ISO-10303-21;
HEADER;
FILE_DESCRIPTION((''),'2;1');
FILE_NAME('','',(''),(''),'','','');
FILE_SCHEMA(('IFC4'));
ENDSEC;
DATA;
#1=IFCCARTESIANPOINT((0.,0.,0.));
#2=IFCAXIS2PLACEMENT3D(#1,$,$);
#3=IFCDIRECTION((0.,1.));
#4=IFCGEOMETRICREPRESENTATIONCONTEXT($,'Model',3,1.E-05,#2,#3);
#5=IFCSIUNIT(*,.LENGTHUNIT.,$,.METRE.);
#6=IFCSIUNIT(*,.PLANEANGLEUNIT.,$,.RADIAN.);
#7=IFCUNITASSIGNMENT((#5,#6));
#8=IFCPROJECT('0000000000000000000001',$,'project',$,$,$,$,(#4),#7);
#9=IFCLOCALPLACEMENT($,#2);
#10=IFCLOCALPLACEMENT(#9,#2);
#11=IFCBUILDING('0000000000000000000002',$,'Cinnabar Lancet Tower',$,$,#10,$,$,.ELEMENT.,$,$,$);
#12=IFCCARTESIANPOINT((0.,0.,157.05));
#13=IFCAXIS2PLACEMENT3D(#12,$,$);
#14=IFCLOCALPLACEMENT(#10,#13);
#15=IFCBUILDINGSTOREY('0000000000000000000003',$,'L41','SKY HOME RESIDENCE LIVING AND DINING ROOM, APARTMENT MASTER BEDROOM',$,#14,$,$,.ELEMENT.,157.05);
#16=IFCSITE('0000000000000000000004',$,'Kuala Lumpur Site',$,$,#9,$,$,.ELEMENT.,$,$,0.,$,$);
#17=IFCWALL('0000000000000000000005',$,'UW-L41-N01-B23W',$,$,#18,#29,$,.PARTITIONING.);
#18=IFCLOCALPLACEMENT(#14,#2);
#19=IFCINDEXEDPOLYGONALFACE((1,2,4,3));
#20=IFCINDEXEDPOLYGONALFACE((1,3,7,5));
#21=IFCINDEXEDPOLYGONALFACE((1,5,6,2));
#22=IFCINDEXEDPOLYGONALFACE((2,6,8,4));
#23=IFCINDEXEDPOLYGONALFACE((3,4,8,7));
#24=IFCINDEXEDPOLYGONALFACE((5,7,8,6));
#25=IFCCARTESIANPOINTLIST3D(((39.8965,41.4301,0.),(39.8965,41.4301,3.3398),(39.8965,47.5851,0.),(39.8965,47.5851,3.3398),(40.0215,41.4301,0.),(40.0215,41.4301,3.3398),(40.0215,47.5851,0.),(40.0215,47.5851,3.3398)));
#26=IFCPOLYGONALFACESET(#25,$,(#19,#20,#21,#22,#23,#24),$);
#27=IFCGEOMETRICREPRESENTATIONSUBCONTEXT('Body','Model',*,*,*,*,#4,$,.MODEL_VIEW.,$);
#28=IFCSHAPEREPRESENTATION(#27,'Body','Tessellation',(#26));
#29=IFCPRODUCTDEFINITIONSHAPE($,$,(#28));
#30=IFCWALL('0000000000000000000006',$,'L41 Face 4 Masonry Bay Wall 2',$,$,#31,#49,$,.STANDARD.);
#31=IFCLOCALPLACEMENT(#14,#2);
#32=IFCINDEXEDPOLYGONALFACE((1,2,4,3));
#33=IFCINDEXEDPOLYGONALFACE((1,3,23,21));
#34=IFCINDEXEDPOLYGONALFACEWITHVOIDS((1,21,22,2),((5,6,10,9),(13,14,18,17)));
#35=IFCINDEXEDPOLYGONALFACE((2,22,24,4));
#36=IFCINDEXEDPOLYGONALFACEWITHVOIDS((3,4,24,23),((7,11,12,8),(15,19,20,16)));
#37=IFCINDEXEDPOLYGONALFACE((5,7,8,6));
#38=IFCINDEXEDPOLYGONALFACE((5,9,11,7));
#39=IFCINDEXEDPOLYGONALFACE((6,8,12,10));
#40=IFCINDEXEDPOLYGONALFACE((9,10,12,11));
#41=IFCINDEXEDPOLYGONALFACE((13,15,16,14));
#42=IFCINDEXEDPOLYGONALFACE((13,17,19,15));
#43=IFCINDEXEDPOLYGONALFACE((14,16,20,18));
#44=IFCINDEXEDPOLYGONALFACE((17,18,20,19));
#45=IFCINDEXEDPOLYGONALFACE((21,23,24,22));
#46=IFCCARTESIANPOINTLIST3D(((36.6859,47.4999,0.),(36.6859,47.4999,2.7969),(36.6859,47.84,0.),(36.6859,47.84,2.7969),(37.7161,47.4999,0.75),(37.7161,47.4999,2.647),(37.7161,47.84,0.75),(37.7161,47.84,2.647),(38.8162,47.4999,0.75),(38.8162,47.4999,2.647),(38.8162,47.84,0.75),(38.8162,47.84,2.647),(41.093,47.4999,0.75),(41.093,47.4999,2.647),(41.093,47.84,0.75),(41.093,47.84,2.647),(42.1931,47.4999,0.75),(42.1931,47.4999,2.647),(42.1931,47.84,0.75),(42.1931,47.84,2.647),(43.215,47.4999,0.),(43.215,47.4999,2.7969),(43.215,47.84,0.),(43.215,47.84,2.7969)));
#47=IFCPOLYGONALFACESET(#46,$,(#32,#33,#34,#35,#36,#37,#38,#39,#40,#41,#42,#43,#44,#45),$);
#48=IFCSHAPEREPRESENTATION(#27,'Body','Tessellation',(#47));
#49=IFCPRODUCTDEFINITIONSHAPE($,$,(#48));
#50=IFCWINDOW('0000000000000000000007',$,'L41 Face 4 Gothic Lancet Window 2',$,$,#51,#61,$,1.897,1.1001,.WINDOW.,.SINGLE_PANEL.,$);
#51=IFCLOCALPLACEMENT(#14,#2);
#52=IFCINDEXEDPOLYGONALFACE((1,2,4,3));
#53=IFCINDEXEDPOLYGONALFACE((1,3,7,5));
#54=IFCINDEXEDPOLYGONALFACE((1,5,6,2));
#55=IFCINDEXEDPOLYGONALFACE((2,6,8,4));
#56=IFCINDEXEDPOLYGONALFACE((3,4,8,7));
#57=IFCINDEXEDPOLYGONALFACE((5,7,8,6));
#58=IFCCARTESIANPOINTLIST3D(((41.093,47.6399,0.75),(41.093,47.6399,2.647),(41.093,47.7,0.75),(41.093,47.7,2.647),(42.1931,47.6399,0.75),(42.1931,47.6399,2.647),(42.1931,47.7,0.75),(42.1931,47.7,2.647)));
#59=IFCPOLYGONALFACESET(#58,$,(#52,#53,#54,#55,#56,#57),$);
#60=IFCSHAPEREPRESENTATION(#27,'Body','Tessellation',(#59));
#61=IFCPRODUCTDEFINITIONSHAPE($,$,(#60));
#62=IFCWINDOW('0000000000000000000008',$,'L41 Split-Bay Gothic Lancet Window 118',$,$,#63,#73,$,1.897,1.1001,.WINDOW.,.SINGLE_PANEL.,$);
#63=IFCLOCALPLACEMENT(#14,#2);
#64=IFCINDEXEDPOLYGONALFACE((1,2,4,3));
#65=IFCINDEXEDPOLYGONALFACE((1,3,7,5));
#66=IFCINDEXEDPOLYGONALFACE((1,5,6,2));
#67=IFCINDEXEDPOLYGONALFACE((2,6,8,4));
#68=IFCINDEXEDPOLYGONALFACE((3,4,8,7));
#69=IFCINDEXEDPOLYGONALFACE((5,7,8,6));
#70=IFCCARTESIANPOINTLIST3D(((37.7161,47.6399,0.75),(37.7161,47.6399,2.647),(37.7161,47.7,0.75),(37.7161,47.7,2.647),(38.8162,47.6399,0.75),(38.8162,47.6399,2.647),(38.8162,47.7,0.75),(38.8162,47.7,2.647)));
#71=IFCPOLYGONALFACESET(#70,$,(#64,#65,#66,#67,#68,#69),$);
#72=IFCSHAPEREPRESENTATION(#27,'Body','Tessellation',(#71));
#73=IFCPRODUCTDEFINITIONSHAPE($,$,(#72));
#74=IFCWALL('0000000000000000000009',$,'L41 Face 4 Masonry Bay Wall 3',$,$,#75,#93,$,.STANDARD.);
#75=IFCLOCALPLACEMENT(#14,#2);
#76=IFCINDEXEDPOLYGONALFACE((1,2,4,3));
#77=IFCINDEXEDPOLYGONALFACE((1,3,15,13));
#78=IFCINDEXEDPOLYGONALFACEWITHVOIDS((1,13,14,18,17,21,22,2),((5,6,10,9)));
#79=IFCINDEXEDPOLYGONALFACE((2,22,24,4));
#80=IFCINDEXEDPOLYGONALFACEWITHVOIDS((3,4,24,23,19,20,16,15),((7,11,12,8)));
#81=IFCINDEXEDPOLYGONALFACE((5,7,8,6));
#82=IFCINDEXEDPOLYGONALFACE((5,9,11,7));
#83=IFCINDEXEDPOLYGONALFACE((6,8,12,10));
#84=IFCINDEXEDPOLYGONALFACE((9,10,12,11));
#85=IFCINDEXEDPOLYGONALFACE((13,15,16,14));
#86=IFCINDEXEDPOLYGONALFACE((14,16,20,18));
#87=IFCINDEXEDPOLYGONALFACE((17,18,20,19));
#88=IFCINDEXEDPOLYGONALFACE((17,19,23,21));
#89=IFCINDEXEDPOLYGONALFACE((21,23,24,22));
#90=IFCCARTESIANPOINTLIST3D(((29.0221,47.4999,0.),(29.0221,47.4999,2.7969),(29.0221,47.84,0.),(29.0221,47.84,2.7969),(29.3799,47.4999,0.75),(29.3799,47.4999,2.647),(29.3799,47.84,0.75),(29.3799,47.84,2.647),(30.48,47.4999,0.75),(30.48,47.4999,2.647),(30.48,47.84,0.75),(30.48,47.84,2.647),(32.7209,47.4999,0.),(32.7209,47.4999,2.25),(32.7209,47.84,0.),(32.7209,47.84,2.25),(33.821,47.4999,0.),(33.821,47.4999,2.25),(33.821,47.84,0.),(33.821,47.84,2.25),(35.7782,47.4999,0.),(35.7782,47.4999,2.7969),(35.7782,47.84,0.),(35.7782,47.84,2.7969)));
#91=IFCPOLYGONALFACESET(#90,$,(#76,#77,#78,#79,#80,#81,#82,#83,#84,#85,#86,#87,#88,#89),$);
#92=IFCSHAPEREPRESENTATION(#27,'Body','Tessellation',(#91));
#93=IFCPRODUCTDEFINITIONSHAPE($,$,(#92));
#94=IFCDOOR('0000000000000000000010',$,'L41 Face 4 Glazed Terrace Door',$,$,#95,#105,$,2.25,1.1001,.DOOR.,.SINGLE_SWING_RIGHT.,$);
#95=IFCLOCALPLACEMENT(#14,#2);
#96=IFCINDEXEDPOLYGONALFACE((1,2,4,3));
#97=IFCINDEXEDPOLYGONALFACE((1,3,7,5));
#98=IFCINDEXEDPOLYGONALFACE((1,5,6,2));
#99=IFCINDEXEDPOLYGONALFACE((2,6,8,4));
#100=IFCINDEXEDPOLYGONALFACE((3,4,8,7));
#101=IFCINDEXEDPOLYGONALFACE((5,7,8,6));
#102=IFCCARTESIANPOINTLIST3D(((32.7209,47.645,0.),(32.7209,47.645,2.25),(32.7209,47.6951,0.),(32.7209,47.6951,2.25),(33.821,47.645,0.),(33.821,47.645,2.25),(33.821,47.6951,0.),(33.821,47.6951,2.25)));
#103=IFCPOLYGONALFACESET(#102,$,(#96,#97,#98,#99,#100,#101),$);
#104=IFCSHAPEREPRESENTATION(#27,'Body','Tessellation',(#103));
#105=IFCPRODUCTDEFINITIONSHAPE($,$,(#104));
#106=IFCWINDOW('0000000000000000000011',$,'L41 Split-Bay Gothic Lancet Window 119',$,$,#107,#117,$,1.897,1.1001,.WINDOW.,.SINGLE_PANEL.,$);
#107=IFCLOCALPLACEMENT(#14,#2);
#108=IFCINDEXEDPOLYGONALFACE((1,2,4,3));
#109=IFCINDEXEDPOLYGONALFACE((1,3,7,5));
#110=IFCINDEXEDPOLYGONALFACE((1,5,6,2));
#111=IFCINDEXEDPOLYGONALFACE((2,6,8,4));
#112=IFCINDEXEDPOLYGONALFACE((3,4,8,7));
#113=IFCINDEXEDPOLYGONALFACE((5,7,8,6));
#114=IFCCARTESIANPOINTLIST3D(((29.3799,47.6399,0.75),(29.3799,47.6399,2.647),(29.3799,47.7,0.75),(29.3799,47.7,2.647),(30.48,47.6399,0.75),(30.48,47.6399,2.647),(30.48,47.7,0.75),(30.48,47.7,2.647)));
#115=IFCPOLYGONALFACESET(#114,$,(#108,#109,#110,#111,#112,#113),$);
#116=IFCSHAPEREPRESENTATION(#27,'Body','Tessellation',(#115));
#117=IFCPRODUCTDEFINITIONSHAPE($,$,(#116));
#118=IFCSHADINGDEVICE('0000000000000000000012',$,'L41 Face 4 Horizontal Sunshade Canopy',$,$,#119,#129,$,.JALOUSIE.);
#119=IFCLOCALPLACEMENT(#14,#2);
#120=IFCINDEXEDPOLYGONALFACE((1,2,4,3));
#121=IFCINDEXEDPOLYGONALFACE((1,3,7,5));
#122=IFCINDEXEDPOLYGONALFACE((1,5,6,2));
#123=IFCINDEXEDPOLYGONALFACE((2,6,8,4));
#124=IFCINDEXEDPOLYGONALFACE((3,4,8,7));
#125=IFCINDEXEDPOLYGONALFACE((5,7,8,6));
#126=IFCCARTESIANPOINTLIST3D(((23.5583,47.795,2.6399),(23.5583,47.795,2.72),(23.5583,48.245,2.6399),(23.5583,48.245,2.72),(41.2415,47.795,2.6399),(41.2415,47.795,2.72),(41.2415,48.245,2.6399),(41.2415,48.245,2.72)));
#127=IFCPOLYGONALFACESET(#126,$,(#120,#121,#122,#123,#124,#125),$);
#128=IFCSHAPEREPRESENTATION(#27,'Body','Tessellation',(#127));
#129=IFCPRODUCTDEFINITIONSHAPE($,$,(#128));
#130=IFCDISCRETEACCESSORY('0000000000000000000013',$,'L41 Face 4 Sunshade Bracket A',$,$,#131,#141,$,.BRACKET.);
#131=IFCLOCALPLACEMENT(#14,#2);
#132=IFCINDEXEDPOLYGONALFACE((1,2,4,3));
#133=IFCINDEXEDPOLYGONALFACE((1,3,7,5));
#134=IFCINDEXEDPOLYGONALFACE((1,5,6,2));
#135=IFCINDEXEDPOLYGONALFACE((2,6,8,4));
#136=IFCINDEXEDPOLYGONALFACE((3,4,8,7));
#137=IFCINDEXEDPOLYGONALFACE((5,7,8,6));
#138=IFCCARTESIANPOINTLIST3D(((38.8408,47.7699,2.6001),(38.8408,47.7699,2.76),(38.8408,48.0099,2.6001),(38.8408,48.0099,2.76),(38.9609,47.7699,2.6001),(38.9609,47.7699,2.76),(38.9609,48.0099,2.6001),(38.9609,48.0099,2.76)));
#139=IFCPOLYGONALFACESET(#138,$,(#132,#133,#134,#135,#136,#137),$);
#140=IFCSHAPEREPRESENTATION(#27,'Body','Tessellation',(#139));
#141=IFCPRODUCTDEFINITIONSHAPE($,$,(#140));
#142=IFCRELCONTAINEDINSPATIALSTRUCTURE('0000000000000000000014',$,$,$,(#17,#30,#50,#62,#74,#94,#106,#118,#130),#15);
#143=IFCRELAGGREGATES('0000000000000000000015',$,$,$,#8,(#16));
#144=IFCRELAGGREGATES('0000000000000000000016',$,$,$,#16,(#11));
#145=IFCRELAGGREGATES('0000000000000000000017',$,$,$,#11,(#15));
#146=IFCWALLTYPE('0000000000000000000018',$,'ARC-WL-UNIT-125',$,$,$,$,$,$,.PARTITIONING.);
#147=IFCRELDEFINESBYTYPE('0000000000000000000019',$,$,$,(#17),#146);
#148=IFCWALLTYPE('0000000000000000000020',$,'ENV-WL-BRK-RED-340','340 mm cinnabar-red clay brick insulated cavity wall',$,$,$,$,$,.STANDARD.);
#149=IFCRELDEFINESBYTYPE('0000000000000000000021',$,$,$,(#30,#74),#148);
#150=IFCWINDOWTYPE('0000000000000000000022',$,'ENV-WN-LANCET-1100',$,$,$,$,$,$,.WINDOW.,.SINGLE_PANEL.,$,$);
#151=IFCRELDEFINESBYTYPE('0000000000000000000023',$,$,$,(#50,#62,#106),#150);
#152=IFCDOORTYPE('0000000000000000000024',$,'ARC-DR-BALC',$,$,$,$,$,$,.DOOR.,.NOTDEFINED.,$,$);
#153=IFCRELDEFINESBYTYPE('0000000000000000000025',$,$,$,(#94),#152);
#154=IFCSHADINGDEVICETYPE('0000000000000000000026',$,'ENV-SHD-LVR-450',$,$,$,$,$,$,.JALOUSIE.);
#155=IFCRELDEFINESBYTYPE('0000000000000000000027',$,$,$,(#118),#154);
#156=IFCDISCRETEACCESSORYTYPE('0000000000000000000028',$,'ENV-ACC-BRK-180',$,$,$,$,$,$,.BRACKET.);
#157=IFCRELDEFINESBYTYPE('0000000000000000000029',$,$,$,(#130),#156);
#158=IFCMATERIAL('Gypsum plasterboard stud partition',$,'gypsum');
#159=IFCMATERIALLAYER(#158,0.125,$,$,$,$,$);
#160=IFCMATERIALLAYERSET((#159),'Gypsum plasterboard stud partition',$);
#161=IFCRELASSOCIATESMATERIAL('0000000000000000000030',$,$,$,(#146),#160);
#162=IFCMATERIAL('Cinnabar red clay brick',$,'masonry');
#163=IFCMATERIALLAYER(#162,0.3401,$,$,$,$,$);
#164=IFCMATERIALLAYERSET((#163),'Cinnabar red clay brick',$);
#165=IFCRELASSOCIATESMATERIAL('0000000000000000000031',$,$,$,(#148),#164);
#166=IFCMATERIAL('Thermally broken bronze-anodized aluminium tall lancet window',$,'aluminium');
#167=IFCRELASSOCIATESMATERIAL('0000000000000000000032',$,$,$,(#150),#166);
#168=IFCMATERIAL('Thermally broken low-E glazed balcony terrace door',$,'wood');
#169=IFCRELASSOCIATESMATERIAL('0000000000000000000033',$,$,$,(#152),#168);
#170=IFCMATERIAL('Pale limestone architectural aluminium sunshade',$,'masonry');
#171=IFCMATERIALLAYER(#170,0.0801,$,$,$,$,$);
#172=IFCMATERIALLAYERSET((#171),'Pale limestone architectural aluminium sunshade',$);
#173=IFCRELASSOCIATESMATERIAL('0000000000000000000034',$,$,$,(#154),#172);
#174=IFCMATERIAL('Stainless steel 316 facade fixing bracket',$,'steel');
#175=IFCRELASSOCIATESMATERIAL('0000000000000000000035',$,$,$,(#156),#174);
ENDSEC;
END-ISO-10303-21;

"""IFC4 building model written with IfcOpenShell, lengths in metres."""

from ifc_helpers import new_model, si_unit, direction, frame, frame_2d, origin, origin_2d, place, context, subcontext, project, spatial, rectangle, extrude, material, layer, layer_set, type_object, element, fill, save


model = new_model("IFC4")

# Units and contexts
model_context = context("Model", 3, precision=1e-05, world=origin(), true_north=direction((0.0, 1.0)))
body_context = subcontext(model_context, "Body", "Model", "MODEL_VIEW")
ifc_project = project(units=[si_unit("LENGTHUNIT", "METRE"), si_unit("PLANEANGLEUNIT", "RADIAN")], contexts=[model_context])

# Site, building, storey
site_placement = place(None, origin())
site = spatial("IfcSite", under=ifc_project, at=site_placement, Name="Kuala Lumpur Site", CompositionType="ELEMENT", RefElevation=0.0)
building_placement = place(site_placement, origin())
building = spatial("IfcBuilding", under=site, at=building_placement, Name="Cinnabar Lancet Tower", CompositionType="ELEMENT")
storey_placement = place(building_placement, frame((0.0, 0.0, 157.05)))
storey = spatial("IfcBuildingStorey", under=building, at=storey_placement, Name="L41", Description="SKY HOME RESIDENCE LIVING AND DINING ROOM, APARTMENT MASTER BEDROOM", CompositionType="ELEMENT", Elevation=157.05)

# Shared definitions
ifc_material_1 = material(Name="Gypsum plasterboard stud partition", Category="gypsum")
ifc_layer_1 = layer(ifc_material_1, 0.125)
ifc_layer_set_1 = layer_set([ifc_layer_1], Name="Gypsum plasterboard stud partition")
wall_type_1 = type_object("IfcWallType", Name="ARC-WL-UNIT-125", PredefinedType="PARTITIONING", material=ifc_layer_set_1)

# Wall
for number, where, z_axis, x_axis, name in (
    (1, (39.959, 41.4299, 0.0), (0.0, 0.0, 1.0), (0.0, 1.0, 0.0), "UW-L41-N01-B23W"),
):
    element("IfcWall", number, at=place(storey_placement, frame(where, z_axis=z_axis, x_axis=x_axis)), inside=storey, type_object=wall_type_1, Name=name, PredefinedType="PARTITIONING", context=body_context, shape_type="SweptSolid", body=[
        extrude(rectangle(XDim=6.155, YDim=0.125, at=frame_2d((3.0776, 0.0))), origin(), (0.0, 0.0, 1.0), 3.3398),
    ])

# Wall, openings, windows
ifc_material_2 = material(Name="Cinnabar red clay brick", Category="masonry")
ifc_layer_2 = layer(ifc_material_2, 0.3401)
ifc_layer_set_2 = layer_set([ifc_layer_2], Name="Cinnabar red clay brick")
wall_type_2 = type_object("IfcWallType", Name="ENV-WL-BRK-RED-340", Description="340 mm cinnabar-red clay brick insulated cavity wall", PredefinedType="STANDARD", material=ifc_layer_set_2)
wall_1_placement = place(storey_placement, frame((43.2151, 47.6699, 0.0), z_axis=(0.0, 0.0, 1.0), x_axis=(-1.0, 0.0, 0.0)))
wall_1 = element("IfcWall", 2, at=wall_1_placement, inside=storey, type_object=wall_type_2, Name="L41 Face 4 Masonry Bay Wall 2", PredefinedType="STANDARD", context=body_context, shape_type="SweptSolid", body=[
    extrude(rectangle(XDim=6.5291, YDim=0.3401, at=frame_2d((3.2646, 0.0))), origin(), (0.0, 0.0, 1.0), 2.7969),
])
opening_1_placement = place(wall_1_placement, frame((1.022, 0.0, 0.75)))
opening_1 = element("IfcOpeningElement", 3, at=opening_1_placement, cuts=wall_1, PredefinedType="OPENING", context=body_context, shape_type="SweptSolid", body=[
    extrude(rectangle(XDim=1.1001, YDim=1.897, at=frame_2d((0.55, 0.9485))), frame((0.0, 0.1799, 0.0), z_axis=(0.0, -1.0, 0.0), x_axis=(1.0, 0.0, 0.0)), (0.0, 0.0, 1.0), 0.3601),
])
opening_2_placement = place(wall_1_placement, frame((4.3989, 0.0, 0.75)))
opening_2 = element("IfcOpeningElement", 4, at=opening_2_placement, cuts=wall_1, PredefinedType="OPENING", context=body_context, shape_type="SweptSolid", body=[
    extrude(rectangle(XDim=1.1001, YDim=1.897, at=frame_2d((0.55, 0.9485))), frame((0.0, 0.1799, 0.0), z_axis=(0.0, -1.0, 0.0), x_axis=(1.0, 0.0, 0.0)), (0.0, 0.0, 1.0), 0.3601),
])
ifc_material_3 = material(Name="Thermally broken bronze-anodized aluminium tall lancet window", Category="aluminium")
window_type = type_object("IfcWindowType", Name="ENV-WN-LANCET-1100", PartitioningType="SINGLE_PANEL", PredefinedType="WINDOW", material=ifc_material_3)
window_1_placement = place(opening_1_placement, origin())
window_1 = element("IfcWindow", 5, at=window_1_placement, inside=storey, type_object=window_type, Name="L41 Face 4 Gothic Lancet Window 2", OverallHeight=1.897, OverallWidth=1.1001, PartitioningType="SINGLE_PANEL", PredefinedType="WINDOW", context=body_context, shape_type="SweptSolid", body=[
    extrude(rectangle(XDim=1.1001, YDim=1.897, at=frame_2d((0.55, 0.9485))), frame((0.0, 0.03, 0.0), z_axis=(0.0, -1.0, 0.0), x_axis=(1.0, 0.0, 0.0)), (0.0, 0.0, 1.0), 0.0601),
])
fill(opening_1, window_1)
window_2_placement = place(opening_2_placement, origin())
window_2 = element("IfcWindow", 6, at=window_2_placement, inside=storey, type_object=window_type, Name="L41 Split-Bay Gothic Lancet Window 118", OverallHeight=1.897, OverallWidth=1.1001, PartitioningType="SINGLE_PANEL", PredefinedType="WINDOW", context=body_context, shape_type="SweptSolid", body=[
    extrude(rectangle(XDim=1.1001, YDim=1.897, at=frame_2d((0.55, 0.9485))), frame((0.0, 0.03, 0.0), z_axis=(0.0, -1.0, 0.0), x_axis=(1.0, 0.0, 0.0)), (0.0, 0.0, 1.0), 0.0601),
])
fill(opening_2, window_2)

# Wall, openings, door, window
wall_2_placement = place(storey_placement, frame((35.7781, 47.6699, 0.0), z_axis=(0.0, 0.0, 1.0), x_axis=(-1.0, 0.0, 0.0)))
wall_2 = element("IfcWall", 7, at=wall_2_placement, inside=storey, type_object=wall_type_2, Name="L41 Face 4 Masonry Bay Wall 3", PredefinedType="STANDARD", context=body_context, shape_type="SweptSolid", body=[
    extrude(rectangle(XDim=6.7561, YDim=0.3401, at=frame_2d((3.3779, 0.0))), origin(), (0.0, 0.0, 1.0), 2.7969),
])
opening_3_placement = place(wall_2_placement, frame((1.957, 0.0, 0.0)))
opening_3 = element("IfcOpeningElement", 8, at=opening_3_placement, cuts=wall_2, PredefinedType="OPENING", context=body_context, shape_type="SweptSolid", body=[
    extrude(rectangle(XDim=1.1001, YDim=2.25, at=frame_2d((0.55, 1.125))), frame((0.0, 0.1799, 0.0), z_axis=(0.0, -1.0, 0.0), x_axis=(1.0, 0.0, 0.0)), (0.0, 0.0, 1.0), 0.3601),
])
opening_4_placement = place(wall_2_placement, frame((5.2981, 0.0, 0.75)))
opening_4 = element("IfcOpeningElement", 9, at=opening_4_placement, cuts=wall_2, PredefinedType="OPENING", context=body_context, shape_type="SweptSolid", body=[
    extrude(rectangle(XDim=1.1001, YDim=1.897, at=frame_2d((0.55, 0.9485))), frame((0.0, 0.1799, 0.0), z_axis=(0.0, -1.0, 0.0), x_axis=(1.0, 0.0, 0.0)), (0.0, 0.0, 1.0), 0.3601),
])
ifc_material_4 = material(Name="Thermally broken low-E glazed balcony terrace door", Category="wood")
door_type_1 = type_object("IfcDoorType", Name="ARC-DR-BALC", OperationType="NOTDEFINED", PredefinedType="DOOR", material=ifc_material_4)
door_1_placement = place(opening_3_placement, origin())
door_1 = element("IfcDoor", 10, at=door_1_placement, inside=storey, type_object=door_type_1, Name="L41 Face 4 Glazed Terrace Door", OperationType="SINGLE_SWING_RIGHT", OverallHeight=2.25, OverallWidth=1.1001, PredefinedType="DOOR", context=body_context, shape_type="SweptSolid", body=[
    extrude(rectangle(XDim=1.1001, YDim=2.25, at=frame_2d((0.55, 1.125))), frame((0.0, 0.0249, 0.0), z_axis=(0.0, -1.0, 0.0), x_axis=(1.0, 0.0, 0.0)), (0.0, 0.0, 1.0), 0.05),
])
fill(opening_3, door_1)
window_3_placement = place(opening_4_placement, origin())
window_3 = element("IfcWindow", 11, at=window_3_placement, inside=storey, type_object=window_type, Name="L41 Split-Bay Gothic Lancet Window 119", OverallHeight=1.897, OverallWidth=1.1001, PartitioningType="SINGLE_PANEL", PredefinedType="WINDOW", context=body_context, shape_type="SweptSolid", body=[
    extrude(rectangle(XDim=1.1001, YDim=1.897, at=frame_2d((0.55, 0.9485))), frame((0.0, 0.03, 0.0), z_axis=(0.0, -1.0, 0.0), x_axis=(1.0, 0.0, 0.0)), (0.0, 0.0, 1.0), 0.0601),
])
fill(opening_4, window_3)

# Shading device
ifc_material_5 = material(Name="Pale limestone architectural aluminium sunshade", Category="masonry")
ifc_layer_3 = layer(ifc_material_5, 0.0801)
ifc_layer_set_3 = layer_set([ifc_layer_3], Name="Pale limestone architectural aluminium sunshade")
shading_device_type = type_object("IfcShadingDeviceType", Name="ENV-SHD-LVR-450", PredefinedType="JALOUSIE", material=ifc_layer_set_3)
shading_device_placement = place(storey_placement, frame((32.3999, 48.02, 2.6399), z_axis=(0.0, 0.0, 1.0), x_axis=(-1.0, 0.0, 0.0)))
element("IfcShadingDevice", 12, at=shading_device_placement, inside=storey, type_object=shading_device_type, Name="L41 Face 4 Horizontal Sunshade Canopy", PredefinedType="JALOUSIE", context=body_context, shape_type="SweptSolid", body=[
    extrude(rectangle(XDim=17.6831, YDim=0.45, at=origin_2d()), origin(), (0.0, 0.0, 1.0), 0.0801),
])

# Discrete accessory
ifc_material_6 = material(Name="Stainless steel 316 facade fixing bracket", Category="steel")
discrete_accessory_type = type_object("IfcDiscreteAccessoryType", Name="ENV-ACC-BRK-180", PredefinedType="BRACKET", material=ifc_material_6)
discrete_accessory_placement = place(storey_placement, frame((38.9009, 47.8899, 2.6001), z_axis=(0.0, 0.0, 1.0), x_axis=(-1.0, 0.0, 0.0)))
element("IfcDiscreteAccessory", 13, at=discrete_accessory_placement, inside=storey, type_object=discrete_accessory_type, Name="L41 Face 4 Sunshade Bracket A", PredefinedType="BRACKET", context=body_context, shape_type="SweptSolid", body=[
    extrude(rectangle(XDim=0.1201, YDim=0.24, at=origin_2d()), origin(), (0.0, 0.0, 1.0), 0.1599),
])

save(model, "model.ifc")
